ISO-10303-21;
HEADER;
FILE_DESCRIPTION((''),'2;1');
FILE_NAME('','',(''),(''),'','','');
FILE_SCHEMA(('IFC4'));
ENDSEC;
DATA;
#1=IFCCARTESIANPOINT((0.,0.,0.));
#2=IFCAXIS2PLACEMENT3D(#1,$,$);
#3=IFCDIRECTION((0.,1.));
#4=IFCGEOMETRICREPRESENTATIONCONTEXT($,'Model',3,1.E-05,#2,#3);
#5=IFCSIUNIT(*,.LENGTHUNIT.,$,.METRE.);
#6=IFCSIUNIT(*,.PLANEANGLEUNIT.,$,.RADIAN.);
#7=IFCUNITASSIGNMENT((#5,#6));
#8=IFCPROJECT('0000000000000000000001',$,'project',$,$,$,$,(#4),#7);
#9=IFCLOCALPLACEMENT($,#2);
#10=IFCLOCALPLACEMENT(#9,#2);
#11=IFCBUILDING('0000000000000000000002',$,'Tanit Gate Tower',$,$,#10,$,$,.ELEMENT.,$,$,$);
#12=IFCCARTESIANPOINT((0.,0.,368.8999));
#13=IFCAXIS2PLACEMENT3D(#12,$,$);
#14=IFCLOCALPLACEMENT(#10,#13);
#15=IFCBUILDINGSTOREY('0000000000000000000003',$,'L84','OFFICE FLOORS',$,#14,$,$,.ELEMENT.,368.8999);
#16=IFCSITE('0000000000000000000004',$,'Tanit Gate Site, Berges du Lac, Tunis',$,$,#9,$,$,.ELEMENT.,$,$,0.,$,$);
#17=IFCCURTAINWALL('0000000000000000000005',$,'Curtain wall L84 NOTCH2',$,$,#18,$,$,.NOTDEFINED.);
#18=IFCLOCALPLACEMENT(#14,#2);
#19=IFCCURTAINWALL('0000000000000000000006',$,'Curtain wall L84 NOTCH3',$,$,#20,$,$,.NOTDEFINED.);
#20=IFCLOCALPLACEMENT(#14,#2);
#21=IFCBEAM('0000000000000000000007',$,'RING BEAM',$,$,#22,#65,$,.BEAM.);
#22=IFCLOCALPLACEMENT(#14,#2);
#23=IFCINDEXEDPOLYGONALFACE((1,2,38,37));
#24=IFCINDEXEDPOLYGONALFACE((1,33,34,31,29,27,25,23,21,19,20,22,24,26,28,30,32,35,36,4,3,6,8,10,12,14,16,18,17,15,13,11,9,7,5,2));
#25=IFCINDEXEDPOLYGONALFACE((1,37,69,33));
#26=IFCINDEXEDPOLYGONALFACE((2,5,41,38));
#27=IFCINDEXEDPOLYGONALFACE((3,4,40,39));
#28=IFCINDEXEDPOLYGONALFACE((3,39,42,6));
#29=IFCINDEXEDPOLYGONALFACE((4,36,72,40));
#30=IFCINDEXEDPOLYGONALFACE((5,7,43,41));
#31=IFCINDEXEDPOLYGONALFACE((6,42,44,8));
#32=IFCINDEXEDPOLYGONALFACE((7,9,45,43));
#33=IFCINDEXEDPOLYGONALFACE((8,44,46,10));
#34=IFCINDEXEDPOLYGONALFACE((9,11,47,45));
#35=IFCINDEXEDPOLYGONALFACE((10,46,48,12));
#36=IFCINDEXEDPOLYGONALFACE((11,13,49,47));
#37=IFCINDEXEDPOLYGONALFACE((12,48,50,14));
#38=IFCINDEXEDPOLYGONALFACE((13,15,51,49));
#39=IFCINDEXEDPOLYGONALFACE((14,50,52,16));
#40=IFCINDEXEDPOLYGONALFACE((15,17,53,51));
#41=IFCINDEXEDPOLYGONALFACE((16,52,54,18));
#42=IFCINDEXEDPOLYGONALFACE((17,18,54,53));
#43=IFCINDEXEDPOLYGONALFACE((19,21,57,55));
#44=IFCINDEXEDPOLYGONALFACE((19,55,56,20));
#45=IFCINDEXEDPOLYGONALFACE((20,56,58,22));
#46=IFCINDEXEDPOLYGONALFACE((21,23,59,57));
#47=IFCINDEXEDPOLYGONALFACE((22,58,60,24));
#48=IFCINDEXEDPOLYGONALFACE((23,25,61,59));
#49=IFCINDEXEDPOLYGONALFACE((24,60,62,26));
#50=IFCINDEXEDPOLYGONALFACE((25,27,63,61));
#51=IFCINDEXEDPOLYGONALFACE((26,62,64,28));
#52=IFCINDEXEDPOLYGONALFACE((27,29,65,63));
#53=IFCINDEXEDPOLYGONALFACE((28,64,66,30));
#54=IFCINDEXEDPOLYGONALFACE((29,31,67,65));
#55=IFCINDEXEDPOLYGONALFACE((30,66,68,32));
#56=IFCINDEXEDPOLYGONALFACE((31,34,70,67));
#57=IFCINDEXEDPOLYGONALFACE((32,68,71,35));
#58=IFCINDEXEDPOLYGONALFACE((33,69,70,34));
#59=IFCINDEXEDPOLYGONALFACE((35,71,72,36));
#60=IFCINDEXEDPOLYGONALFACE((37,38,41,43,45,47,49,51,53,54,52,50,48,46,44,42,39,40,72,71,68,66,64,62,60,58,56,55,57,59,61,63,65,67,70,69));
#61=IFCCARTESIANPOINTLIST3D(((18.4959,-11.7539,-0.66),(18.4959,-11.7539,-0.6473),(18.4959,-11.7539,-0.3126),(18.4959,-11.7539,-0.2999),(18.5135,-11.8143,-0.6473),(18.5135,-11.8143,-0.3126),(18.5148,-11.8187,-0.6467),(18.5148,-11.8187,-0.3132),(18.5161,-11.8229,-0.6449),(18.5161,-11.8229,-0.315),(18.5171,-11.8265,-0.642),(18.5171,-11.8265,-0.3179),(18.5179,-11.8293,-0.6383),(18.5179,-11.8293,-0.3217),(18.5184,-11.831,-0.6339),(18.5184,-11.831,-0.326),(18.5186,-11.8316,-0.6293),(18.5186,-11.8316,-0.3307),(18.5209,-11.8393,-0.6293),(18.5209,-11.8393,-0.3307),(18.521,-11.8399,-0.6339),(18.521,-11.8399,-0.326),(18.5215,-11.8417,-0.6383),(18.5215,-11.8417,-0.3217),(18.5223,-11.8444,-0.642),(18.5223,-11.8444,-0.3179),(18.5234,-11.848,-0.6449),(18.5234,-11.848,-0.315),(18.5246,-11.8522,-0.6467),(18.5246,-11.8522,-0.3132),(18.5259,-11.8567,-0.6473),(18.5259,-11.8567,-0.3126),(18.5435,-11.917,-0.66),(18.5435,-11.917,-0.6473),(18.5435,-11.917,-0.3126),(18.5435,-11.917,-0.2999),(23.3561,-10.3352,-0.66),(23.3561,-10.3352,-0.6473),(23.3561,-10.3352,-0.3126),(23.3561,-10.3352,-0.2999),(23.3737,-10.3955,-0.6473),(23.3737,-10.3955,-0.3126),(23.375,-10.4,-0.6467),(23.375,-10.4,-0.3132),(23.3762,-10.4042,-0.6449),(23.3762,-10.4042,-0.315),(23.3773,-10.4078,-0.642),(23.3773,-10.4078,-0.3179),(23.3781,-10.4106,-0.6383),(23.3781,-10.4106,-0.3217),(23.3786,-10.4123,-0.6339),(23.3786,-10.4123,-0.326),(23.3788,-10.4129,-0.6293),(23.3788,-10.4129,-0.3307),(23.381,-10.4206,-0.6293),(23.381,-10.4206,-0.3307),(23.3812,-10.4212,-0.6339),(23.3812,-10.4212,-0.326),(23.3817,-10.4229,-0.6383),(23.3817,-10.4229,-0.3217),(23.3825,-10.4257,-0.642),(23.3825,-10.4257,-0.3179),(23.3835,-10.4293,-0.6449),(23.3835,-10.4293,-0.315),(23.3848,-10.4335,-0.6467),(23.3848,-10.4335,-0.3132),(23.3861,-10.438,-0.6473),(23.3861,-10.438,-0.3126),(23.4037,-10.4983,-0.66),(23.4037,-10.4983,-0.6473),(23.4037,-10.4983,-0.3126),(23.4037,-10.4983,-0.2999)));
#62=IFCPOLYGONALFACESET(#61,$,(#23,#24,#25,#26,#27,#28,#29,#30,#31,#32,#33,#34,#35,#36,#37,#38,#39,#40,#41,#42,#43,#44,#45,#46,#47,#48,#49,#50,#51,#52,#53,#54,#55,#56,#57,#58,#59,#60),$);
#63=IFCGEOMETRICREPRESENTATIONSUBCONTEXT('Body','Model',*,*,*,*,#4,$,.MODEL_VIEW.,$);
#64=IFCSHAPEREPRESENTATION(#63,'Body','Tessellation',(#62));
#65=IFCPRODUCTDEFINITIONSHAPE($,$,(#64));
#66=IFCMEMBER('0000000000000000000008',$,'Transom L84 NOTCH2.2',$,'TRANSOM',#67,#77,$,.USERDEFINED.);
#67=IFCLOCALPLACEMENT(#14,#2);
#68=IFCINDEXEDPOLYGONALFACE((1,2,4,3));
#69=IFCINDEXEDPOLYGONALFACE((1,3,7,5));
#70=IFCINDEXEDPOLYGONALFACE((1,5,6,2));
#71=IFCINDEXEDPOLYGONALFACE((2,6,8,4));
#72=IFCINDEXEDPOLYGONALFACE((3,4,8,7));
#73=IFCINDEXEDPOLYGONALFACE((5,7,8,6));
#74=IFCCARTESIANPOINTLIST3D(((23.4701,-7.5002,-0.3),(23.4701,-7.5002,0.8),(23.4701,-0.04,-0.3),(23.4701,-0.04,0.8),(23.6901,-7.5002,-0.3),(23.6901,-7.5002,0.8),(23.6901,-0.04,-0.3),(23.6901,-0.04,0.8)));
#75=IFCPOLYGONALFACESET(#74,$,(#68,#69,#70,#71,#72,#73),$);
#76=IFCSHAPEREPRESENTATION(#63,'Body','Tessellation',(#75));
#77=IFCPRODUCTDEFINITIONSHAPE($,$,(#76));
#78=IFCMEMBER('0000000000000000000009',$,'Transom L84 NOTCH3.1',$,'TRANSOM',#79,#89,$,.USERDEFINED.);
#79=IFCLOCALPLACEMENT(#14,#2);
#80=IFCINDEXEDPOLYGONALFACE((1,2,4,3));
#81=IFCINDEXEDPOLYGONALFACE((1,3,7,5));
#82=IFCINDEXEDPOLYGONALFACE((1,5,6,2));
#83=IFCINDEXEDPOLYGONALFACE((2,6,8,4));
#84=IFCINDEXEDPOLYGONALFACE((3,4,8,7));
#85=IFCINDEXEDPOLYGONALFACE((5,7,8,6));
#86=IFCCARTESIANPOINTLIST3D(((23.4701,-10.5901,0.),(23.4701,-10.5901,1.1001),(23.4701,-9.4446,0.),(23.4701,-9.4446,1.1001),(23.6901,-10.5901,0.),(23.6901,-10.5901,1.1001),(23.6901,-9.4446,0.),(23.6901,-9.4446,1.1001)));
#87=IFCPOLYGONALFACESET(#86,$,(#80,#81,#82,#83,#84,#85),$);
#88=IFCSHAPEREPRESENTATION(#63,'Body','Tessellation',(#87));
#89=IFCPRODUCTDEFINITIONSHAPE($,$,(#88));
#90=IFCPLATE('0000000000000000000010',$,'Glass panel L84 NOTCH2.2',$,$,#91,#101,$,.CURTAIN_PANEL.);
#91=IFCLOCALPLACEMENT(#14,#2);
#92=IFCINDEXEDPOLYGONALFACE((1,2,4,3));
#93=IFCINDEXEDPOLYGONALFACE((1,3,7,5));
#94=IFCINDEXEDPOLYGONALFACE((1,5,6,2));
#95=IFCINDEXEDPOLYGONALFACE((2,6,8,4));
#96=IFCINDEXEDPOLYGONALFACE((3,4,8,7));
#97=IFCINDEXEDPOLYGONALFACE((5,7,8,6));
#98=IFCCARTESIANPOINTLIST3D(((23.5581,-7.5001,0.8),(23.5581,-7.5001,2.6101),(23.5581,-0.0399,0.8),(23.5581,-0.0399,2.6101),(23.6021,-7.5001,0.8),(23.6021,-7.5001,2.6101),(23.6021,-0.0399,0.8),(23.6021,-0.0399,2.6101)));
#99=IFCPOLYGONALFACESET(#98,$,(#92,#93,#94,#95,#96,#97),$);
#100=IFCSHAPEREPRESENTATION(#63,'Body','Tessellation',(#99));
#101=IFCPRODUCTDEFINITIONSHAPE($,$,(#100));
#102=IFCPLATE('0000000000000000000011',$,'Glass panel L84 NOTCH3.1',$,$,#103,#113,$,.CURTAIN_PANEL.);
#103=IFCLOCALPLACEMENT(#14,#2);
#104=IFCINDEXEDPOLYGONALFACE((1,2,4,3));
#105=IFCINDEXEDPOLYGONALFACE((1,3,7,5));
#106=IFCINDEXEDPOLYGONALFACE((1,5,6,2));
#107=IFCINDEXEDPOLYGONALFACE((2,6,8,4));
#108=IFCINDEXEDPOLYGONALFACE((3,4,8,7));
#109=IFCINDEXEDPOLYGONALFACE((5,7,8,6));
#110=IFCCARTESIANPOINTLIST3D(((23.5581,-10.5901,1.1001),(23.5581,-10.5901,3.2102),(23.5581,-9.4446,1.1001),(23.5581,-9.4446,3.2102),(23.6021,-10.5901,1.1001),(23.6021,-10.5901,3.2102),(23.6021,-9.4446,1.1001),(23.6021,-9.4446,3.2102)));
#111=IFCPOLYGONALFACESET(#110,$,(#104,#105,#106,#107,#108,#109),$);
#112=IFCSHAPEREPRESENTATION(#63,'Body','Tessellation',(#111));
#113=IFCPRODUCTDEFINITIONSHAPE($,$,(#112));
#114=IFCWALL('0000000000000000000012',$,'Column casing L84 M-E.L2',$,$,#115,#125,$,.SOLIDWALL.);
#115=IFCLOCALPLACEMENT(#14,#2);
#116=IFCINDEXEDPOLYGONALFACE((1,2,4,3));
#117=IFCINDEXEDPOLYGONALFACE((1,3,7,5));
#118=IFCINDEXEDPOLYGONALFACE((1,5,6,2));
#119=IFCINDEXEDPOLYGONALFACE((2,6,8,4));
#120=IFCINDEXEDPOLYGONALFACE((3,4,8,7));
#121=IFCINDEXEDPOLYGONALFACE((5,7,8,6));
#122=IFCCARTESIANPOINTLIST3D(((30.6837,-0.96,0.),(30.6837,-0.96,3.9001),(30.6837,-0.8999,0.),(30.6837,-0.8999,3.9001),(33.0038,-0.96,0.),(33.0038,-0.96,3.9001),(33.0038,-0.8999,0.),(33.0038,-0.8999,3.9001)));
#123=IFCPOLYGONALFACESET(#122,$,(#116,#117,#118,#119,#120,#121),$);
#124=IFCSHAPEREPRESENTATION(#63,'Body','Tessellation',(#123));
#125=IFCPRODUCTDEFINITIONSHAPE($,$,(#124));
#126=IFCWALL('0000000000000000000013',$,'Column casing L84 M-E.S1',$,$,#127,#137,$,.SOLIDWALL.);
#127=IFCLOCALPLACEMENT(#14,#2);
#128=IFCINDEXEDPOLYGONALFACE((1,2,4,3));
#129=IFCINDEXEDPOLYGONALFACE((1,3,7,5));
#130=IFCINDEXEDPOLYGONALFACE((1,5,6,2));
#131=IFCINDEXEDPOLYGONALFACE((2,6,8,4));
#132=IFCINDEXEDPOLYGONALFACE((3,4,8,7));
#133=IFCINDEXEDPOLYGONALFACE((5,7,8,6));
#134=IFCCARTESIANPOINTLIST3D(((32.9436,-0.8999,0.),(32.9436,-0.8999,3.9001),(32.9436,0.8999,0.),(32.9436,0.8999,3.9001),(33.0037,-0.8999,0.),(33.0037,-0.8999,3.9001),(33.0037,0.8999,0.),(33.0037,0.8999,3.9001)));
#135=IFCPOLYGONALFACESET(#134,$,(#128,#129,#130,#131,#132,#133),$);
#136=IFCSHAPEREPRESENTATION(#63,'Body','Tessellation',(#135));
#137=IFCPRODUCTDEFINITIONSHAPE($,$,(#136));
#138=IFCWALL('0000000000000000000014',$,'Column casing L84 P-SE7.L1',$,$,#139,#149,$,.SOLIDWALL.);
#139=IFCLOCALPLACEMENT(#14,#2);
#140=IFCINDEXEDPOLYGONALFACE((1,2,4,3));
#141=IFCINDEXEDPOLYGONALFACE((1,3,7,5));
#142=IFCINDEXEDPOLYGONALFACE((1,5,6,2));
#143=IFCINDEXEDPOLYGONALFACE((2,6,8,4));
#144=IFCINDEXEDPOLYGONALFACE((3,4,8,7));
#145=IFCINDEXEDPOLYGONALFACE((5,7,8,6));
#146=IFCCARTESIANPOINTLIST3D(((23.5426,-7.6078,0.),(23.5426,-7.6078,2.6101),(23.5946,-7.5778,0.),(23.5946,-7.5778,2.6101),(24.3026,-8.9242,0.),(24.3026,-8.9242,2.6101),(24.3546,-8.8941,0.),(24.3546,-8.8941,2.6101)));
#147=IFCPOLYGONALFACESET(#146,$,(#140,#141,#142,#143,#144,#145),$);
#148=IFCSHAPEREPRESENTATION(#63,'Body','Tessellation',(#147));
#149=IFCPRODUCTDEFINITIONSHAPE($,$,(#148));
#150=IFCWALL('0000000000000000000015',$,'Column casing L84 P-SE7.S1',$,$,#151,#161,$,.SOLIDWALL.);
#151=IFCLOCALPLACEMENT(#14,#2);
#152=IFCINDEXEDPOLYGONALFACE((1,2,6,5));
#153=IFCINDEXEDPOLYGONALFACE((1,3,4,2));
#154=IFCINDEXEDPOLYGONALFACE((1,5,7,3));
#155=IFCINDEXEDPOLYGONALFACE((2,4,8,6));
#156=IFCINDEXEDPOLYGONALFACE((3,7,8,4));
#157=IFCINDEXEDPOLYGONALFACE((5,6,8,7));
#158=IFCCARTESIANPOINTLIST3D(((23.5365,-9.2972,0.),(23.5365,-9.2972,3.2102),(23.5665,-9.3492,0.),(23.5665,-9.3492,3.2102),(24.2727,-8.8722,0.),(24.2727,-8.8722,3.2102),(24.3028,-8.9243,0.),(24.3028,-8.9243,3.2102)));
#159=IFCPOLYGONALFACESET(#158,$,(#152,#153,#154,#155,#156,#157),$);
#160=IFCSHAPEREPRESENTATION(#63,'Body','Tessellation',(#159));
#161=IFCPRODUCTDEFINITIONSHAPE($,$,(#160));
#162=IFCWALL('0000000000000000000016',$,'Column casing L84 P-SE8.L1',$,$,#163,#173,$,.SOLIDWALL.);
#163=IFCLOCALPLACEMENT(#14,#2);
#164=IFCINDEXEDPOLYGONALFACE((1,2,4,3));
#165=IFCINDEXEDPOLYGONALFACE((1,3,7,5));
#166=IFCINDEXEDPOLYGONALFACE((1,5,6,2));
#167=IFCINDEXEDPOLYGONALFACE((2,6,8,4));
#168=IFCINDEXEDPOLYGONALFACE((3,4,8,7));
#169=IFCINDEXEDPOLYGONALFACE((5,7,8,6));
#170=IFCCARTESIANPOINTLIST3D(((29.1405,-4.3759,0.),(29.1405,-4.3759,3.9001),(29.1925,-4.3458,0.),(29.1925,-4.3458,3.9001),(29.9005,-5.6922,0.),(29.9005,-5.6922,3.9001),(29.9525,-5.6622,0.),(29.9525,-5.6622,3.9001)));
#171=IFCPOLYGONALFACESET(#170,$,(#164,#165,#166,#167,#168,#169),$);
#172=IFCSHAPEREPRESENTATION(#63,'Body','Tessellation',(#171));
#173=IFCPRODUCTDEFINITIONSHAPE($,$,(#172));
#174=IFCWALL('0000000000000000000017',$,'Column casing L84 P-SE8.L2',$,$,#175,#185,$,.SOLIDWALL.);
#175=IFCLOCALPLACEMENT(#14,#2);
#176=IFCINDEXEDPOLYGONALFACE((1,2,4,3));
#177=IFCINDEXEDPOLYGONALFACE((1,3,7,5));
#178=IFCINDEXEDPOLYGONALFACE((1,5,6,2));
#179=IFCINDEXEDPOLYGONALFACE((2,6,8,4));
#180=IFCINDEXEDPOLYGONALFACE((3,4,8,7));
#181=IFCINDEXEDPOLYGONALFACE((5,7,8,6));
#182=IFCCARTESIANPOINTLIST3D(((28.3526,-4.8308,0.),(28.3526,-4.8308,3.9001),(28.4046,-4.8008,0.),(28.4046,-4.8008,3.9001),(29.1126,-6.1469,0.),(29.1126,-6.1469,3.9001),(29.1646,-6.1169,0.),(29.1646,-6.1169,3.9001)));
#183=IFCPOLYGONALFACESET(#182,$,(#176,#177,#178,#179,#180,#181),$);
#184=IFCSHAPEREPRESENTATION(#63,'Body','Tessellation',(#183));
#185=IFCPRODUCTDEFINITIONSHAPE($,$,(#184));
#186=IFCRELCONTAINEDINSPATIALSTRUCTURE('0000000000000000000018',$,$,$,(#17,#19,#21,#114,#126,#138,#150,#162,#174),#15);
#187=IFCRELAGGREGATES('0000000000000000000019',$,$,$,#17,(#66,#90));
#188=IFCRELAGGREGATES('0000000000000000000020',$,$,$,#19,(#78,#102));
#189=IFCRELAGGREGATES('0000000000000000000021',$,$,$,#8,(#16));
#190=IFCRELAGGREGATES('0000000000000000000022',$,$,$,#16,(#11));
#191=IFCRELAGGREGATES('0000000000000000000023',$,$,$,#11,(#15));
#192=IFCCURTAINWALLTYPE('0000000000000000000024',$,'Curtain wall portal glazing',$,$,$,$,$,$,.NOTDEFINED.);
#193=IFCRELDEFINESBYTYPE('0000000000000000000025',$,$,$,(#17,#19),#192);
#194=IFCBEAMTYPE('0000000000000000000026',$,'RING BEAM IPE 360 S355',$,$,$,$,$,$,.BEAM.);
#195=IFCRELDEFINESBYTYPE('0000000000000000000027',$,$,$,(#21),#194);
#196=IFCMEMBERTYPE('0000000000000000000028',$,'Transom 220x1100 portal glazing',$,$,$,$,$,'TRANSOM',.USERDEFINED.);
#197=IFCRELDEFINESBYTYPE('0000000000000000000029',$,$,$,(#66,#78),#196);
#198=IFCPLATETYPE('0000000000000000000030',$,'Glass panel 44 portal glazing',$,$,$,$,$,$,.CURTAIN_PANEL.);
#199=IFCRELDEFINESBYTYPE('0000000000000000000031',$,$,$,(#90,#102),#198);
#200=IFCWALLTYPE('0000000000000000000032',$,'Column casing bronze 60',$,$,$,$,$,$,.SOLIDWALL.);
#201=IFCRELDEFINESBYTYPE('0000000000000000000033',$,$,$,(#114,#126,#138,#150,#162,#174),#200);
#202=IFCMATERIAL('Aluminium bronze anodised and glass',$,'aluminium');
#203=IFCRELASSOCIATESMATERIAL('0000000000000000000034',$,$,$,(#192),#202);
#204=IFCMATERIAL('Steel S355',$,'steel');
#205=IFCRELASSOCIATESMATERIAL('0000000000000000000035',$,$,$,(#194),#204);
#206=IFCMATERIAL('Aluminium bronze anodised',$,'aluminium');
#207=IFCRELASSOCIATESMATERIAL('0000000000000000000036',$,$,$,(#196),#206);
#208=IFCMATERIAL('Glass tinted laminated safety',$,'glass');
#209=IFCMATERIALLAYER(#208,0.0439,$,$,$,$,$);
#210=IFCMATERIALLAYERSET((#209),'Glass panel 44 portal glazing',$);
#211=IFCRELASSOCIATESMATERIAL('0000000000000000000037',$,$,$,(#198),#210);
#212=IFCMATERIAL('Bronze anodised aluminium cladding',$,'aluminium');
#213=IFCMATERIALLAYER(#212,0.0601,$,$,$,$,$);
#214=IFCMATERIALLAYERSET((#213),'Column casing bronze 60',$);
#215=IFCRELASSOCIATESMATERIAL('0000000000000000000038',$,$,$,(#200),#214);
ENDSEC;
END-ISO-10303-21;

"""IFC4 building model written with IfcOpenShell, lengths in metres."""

from ifc_helpers import new_model, si_unit, direction, frame, frame_2d, origin, origin_2d, place, context, subcontext, project, spatial, rectangle, i_section, extrude, material, layer, layer_set, material_profile, profile_set, type_object, element, aggregate, save


model = new_model("IFC4")

# Units and contexts
model_context = context("Model", 3, precision=1e-05, world=origin(), true_north=direction((0.0, 1.0)))
body_context = subcontext(model_context, "Body", "Model", "MODEL_VIEW")
ifc_project = project(units=[si_unit("LENGTHUNIT", "METRE"), si_unit("PLANEANGLEUNIT", "RADIAN")], contexts=[model_context])

# Site, building, storey
site_placement = place(None, origin())
site = spatial("IfcSite", under=ifc_project, at=site_placement, Name="Tanit Gate Site, Berges du Lac, Tunis", CompositionType="ELEMENT", RefElevation=0.0)
building_placement = place(site_placement, origin())
building = spatial("IfcBuilding", under=site, at=building_placement, Name="Tanit Gate Tower", CompositionType="ELEMENT")
storey_placement = place(building_placement, frame((0.0, 0.0, 368.8999)))
storey = spatial("IfcBuildingStorey", under=building, at=storey_placement, Name="L84", Description="OFFICE FLOORS", CompositionType="ELEMENT", Elevation=368.8999)

# Curtain wall
ifc_material_1 = material(Name="Aluminium bronze anodised and glass", Category="aluminium")
curtain_wall_type_1 = type_object("IfcCurtainWallType", Name="Curtain wall portal glazing", PredefinedType="NOTDEFINED", material=ifc_material_1)
curtain_wall_1_placement = place(storey_placement, origin())
curtain_wall_1 = element("IfcCurtainWall", 1, at=curtain_wall_1_placement, inside=storey, type_object=curtain_wall_type_1, Name="Curtain wall L84 NOTCH2", PredefinedType="NOTDEFINED")

# Curtain wall
curtain_wall_2_placement = place(storey_placement, origin())
curtain_wall_2 = element("IfcCurtainWall", 2, at=curtain_wall_2_placement, inside=storey, type_object=curtain_wall_type_1, Name="Curtain wall L84 NOTCH3", PredefinedType="NOTDEFINED")

# Beam
ifc_material_2 = material(Name="Steel S355", Category="steel")
ifc_material_profile_1 = material_profile(ifc_material_2, i_section(OverallWidth=0.1699, OverallDepth=0.3601, WebThickness=0.0081, FlangeThickness=0.0127, FilletRadius=0.0181, at=origin_2d()), Name="IPE 360")
ifc_profile_set_1 = profile_set([ifc_material_profile_1], Name="Steel S355")
beam_type_1 = type_object("IfcBeamType", Name="RING BEAM IPE 360 S355", PredefinedType="BEAM", material=ifc_profile_set_1)
beam_1_placement = place(storey_placement, frame((23.3799, -10.4167, -0.48), z_axis=(-0.959938, -0.280213, 0.0), x_axis=(0.280213, -0.959938, 0.0)))
element("IfcBeam", 3, at=beam_1_placement, inside=storey, type_object=beam_type_1, Name="RING BEAM", PredefinedType="BEAM", context=body_context, shape_type="SweptSolid", body=[
    extrude(i_section(OverallWidth=0.1699, OverallDepth=0.3601, WebThickness=0.0081, FlangeThickness=0.0127, FilletRadius=0.0181, at=origin_2d()), origin(), (0.0, 0.0, 1.0), 5.063),
])

# Members
ifc_material_3 = material(Name="Aluminium bronze anodised", Category="aluminium")
ifc_material_profile_2 = material_profile(ifc_material_3, rectangle(XDim=0.22, YDim=1.1001, at=origin_2d()), Name="220x1100 bronze transom")
ifc_profile_set_2 = profile_set([ifc_material_profile_2], Name="Aluminium bronze anodised")
member_type_1 = type_object("IfcMemberType", Name="Transom 220x1100 portal glazing", ElementType="TRANSOM", PredefinedType="USERDEFINED", material=ifc_profile_set_2)
member_1_placement = place(storey_placement, frame((23.5801, -0.04, 0.25), z_axis=(0.0, -1.0, 0.0), x_axis=(1.0, 0.0, 0.0)))
member_1 = element("IfcMember", 4, at=member_1_placement, type_object=member_type_1, Name="Transom L84 NOTCH2.2", ObjectType="TRANSOM", PredefinedType="USERDEFINED", context=body_context, shape_type="SweptSolid", body=[
    extrude(rectangle(XDim=0.22, YDim=1.1001, at=origin_2d()), origin(), (0.0, 0.0, 1.0), 7.4602),
])
member_2_placement = place(storey_placement, frame((23.5801, -9.4446, 0.55), z_axis=(0.0, -1.0, 0.0), x_axis=(1.0, 0.0, 0.0)))
member_2 = element("IfcMember", 5, at=member_2_placement, type_object=member_type_1, Name="Transom L84 NOTCH3.1", ObjectType="TRANSOM", PredefinedType="USERDEFINED", context=body_context, shape_type="SweptSolid", body=[
    extrude(rectangle(XDim=0.22, YDim=1.1001, at=origin_2d()), origin(), (0.0, 0.0, 1.0), 1.1455),
])

# Plates
ifc_material_4 = material(Name="Glass tinted laminated safety", Category="glass")
ifc_layer_1 = layer(ifc_material_4, 0.0439)
ifc_layer_set_1 = layer_set([ifc_layer_1], Name="Glass panel 44 portal glazing")
plate_type = type_object("IfcPlateType", Name="Glass panel 44 portal glazing", PredefinedType="CURTAIN_PANEL", material=ifc_layer_set_1)
plate_1_placement = place(storey_placement, frame((23.5801, -3.77, 0.8), z_axis=(0.0, 0.0, 1.0), x_axis=(0.0, -1.0, 0.0)))
plate_1 = element("IfcPlate", 6, at=plate_1_placement, type_object=plate_type, Name="Glass panel L84 NOTCH2.2", PredefinedType="CURTAIN_PANEL", context=body_context, shape_type="SweptSolid", body=[
    extrude(rectangle(XDim=7.4602, YDim=0.0439, at=origin_2d()), origin(), (0.0, 0.0, 1.0), 1.8101),
])
aggregate(curtain_wall_1, [member_1, plate_1])
plate_2_placement = place(storey_placement, frame((23.5801, -10.0173, 1.1001), z_axis=(0.0, 0.0, 1.0), x_axis=(0.0, -1.0, 0.0)))
plate_2 = element("IfcPlate", 7, at=plate_2_placement, type_object=plate_type, Name="Glass panel L84 NOTCH3.1", PredefinedType="CURTAIN_PANEL", context=body_context, shape_type="SweptSolid", body=[
    extrude(rectangle(XDim=1.1455, YDim=0.0439, at=origin_2d()), origin(), (0.0, 0.0, 1.0), 2.1101),
])
aggregate(curtain_wall_2, [member_2, plate_2])

# Walls
ifc_material_5 = material(Name="Bronze anodised aluminium cladding", Category="aluminium")
ifc_layer_2 = layer(ifc_material_5, 0.0601)
ifc_layer_set_2 = layer_set([ifc_layer_2], Name="Column casing bronze 60")
wall_type = type_object("IfcWallType", Name="Column casing bronze 60", PredefinedType="SOLIDWALL", material=ifc_layer_set_2)
wall_1_placement = place(storey_placement, frame((30.6836, -0.9299, 0.0), z_axis=(0.0, 0.0, 1.0), x_axis=(1.0, 0.0, 0.0)))
element("IfcWall", 8, at=wall_1_placement, inside=storey, type_object=wall_type, Name="Column casing L84 M-E.L2", PredefinedType="SOLIDWALL", context=body_context, shape_type="SweptSolid", body=[
    extrude(rectangle(XDim=2.3201, YDim=0.0601, at=frame_2d((1.1602, 0.0))), origin(), (0.0, 0.0, 1.0), 3.9001),
])
wall_2_placement = place(storey_placement, frame((32.9736, -0.8999, 0.0), z_axis=(0.0, 0.0, 1.0), x_axis=(0.0, 1.0, 0.0)))
element("IfcWall", 9, at=wall_2_placement, inside=storey, type_object=wall_type, Name="Column casing L84 M-E.S1", PredefinedType="SOLIDWALL", context=body_context, shape_type="SweptSolid", body=[
    extrude(rectangle(XDim=1.7998, YDim=0.0601, at=frame_2d((0.8999, 0.0))), origin(), (0.0, 0.0, 1.0), 3.9001),
])
wall_3_placement = place(storey_placement, frame((23.5686, -7.5928, 0.0), z_axis=(0.0, 0.0, 1.0), x_axis=(0.499991, -0.86603, 0.0)))
element("IfcWall", 10, at=wall_3_placement, inside=storey, type_object=wall_type, Name="Column casing L84 P-SE7.L1", PredefinedType="SOLIDWALL", context=body_context, shape_type="SweptSolid", body=[
    extrude(rectangle(XDim=1.52, YDim=0.0601, at=frame_2d((0.76, 0.0))), origin(), (0.0, 0.0, 1.0), 2.6101),
])
wall_4_placement = place(storey_placement, frame((23.5515, -9.3232, 0.0), z_axis=(0.0, 0.0, 1.0), x_axis=(0.866061, 0.499938, 0.0)))
element("IfcWall", 11, at=wall_4_placement, inside=storey, type_object=wall_type, Name="Column casing L84 P-SE7.S1", PredefinedType="SOLIDWALL", context=body_context, shape_type="SweptSolid", body=[
    extrude(rectangle(XDim=0.8501, YDim=0.0601, at=frame_2d((0.425, 0.0))), origin(), (0.0, 0.0, 1.0), 3.2102),
])
wall_5_placement = place(storey_placement, frame((29.1665, -4.3608, 0.0), z_axis=(0.0, 0.0, 1.0), x_axis=(0.499991, -0.86603, 0.0)))
element("IfcWall", 12, at=wall_5_placement, inside=storey, type_object=wall_type, Name="Column casing L84 P-SE8.L1", PredefinedType="SOLIDWALL", context=body_context, shape_type="SweptSolid", body=[
    extrude(rectangle(XDim=1.52, YDim=0.0601, at=frame_2d((0.76, 0.0))), origin(), (0.0, 0.0, 1.0), 3.9001),
])
wall_6_placement = place(storey_placement, frame((28.3787, -4.8159, 0.0), z_axis=(0.0, 0.0, 1.0), x_axis=(0.500061, -0.86599, 0.0)))
element("IfcWall", 13, at=wall_6_placement, inside=storey, type_object=wall_type, Name="Column casing L84 P-SE8.L2", PredefinedType="SOLIDWALL", context=body_context, shape_type="SweptSolid", body=[
    extrude(rectangle(XDim=1.5198, YDim=0.0601, at=frame_2d((0.7598, 0.0))), origin(), (0.0, 0.0, 1.0), 3.9001),
])

save(model, "model.ifc")
